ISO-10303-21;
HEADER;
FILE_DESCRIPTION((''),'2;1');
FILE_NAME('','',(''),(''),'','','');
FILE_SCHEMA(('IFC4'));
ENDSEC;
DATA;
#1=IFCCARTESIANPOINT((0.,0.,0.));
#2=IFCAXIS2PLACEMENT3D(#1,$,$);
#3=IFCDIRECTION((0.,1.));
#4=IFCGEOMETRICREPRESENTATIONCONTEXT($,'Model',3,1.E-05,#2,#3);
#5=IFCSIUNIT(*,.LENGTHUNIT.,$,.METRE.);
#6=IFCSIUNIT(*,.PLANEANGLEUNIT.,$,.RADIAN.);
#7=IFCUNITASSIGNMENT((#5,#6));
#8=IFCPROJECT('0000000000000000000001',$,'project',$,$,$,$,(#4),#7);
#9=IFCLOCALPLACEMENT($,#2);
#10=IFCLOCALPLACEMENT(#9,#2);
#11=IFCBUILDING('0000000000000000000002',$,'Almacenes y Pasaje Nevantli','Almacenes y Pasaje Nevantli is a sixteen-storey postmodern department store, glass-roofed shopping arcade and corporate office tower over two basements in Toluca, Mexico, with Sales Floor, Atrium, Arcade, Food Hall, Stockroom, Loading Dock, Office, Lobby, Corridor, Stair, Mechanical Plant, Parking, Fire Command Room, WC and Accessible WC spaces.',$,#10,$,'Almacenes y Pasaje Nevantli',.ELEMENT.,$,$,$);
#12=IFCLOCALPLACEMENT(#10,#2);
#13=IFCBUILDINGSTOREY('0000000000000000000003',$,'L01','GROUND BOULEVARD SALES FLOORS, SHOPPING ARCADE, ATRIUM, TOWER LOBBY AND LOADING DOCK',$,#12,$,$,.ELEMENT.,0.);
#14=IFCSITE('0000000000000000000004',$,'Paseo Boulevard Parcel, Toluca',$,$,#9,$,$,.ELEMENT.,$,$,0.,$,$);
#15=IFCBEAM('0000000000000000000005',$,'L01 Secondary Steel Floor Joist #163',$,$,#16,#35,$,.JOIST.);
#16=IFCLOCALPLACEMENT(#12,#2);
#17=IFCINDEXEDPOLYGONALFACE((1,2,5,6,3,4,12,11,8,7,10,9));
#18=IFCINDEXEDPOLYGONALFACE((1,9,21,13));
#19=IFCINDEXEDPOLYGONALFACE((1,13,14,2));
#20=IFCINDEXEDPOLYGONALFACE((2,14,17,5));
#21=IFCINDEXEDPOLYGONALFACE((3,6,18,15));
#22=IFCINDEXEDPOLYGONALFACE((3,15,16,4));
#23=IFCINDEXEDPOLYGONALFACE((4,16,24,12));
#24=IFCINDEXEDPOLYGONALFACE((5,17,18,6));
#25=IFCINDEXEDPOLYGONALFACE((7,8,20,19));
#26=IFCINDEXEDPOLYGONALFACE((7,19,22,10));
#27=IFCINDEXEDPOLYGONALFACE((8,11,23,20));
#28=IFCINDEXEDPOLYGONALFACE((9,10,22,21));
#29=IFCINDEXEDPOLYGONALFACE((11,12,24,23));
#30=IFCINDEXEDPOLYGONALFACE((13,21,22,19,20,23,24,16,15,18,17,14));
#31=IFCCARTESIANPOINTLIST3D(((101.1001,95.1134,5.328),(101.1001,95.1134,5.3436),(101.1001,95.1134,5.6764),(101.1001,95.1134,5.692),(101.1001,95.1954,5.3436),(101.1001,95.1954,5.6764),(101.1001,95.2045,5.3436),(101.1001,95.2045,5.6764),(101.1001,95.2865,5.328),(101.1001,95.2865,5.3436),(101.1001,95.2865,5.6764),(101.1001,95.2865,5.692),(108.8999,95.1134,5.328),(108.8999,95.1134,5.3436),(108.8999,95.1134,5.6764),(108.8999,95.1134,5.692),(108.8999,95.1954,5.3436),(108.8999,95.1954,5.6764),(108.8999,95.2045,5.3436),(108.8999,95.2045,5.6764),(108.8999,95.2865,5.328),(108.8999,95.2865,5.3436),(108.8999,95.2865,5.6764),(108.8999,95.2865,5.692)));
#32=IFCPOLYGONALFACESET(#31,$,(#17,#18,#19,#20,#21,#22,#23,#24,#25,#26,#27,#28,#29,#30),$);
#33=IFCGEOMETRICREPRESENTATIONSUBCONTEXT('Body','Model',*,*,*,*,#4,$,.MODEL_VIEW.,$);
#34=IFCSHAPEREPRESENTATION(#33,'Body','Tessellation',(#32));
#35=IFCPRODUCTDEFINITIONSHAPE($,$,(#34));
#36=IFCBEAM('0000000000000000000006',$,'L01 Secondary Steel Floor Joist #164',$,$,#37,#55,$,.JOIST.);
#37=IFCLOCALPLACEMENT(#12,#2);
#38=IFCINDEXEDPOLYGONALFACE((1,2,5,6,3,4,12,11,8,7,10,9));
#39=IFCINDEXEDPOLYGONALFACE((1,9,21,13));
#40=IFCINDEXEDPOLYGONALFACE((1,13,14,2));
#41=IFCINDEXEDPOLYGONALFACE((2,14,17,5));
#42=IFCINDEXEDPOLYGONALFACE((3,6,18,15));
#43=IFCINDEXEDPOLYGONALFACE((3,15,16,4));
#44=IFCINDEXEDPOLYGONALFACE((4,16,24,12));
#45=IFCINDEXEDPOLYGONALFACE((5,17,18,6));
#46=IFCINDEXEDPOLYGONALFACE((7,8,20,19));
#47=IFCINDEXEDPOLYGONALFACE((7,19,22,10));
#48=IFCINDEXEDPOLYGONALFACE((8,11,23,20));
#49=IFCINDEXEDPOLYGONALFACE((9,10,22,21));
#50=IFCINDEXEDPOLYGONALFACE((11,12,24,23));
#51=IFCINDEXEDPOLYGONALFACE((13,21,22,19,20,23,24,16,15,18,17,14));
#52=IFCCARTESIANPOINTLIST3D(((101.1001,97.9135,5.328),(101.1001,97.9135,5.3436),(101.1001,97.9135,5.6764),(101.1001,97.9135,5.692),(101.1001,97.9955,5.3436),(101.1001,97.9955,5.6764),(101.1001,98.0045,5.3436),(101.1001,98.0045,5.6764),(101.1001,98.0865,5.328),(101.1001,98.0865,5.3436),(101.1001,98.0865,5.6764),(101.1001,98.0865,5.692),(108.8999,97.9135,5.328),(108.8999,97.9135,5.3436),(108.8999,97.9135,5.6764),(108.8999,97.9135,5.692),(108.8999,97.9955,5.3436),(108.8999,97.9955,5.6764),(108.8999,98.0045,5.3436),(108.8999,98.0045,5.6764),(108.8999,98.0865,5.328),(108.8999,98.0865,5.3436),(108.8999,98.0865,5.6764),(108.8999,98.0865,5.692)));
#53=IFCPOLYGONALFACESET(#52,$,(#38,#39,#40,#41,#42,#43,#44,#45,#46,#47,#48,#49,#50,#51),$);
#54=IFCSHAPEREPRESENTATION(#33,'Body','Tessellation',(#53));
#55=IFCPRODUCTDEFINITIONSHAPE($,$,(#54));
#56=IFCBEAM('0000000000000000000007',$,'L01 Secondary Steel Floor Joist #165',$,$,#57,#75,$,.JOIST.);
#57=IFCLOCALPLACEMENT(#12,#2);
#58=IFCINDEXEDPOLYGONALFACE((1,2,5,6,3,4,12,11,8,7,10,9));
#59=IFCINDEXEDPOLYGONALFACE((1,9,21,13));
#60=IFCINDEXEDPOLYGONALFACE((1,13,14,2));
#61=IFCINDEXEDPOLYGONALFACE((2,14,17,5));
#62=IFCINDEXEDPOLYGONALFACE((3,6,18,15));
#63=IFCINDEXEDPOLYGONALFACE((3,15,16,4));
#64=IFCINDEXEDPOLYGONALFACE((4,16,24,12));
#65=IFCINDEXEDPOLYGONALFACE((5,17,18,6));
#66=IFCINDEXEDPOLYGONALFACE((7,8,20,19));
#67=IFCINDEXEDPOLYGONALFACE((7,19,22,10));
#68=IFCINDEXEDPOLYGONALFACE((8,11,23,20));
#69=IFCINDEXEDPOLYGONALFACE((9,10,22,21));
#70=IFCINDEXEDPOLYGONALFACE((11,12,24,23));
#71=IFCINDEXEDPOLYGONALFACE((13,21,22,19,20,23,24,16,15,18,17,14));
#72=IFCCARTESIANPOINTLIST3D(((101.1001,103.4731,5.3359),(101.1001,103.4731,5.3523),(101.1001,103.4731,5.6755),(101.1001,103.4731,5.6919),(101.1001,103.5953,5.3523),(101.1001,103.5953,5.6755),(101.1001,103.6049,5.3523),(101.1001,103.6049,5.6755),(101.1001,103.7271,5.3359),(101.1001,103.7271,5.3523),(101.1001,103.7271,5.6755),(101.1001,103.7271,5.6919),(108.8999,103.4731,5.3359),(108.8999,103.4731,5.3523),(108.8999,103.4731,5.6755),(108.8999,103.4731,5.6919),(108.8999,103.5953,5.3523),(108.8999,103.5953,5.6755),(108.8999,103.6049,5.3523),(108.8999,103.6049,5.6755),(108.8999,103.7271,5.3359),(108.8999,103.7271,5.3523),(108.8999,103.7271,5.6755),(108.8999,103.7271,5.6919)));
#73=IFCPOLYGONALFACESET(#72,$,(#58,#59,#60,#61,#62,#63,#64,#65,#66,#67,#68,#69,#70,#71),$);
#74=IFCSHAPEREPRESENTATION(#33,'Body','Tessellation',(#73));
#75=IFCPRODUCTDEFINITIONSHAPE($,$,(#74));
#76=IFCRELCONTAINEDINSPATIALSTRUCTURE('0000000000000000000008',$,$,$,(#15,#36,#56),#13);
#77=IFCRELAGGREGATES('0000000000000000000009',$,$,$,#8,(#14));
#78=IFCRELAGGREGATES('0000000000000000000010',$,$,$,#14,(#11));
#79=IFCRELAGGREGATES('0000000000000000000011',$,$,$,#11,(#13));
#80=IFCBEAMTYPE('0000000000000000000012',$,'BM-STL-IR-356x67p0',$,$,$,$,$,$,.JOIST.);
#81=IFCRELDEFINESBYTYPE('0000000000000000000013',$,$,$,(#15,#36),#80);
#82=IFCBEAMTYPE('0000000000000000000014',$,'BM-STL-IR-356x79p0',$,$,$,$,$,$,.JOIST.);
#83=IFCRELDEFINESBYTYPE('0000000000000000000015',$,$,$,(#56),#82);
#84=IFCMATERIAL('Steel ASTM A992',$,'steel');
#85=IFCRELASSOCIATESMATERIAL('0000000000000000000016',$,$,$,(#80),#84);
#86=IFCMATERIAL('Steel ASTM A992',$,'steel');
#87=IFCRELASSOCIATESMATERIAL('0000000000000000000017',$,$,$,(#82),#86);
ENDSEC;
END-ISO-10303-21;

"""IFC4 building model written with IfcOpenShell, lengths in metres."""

from ifc_helpers import new_model, si_unit, direction, frame, origin, origin_2d, place, context, subcontext, project, spatial, i_section, extrude, material, material_profile, profile_set, type_object, element, save


model = new_model("IFC4")

# Units and contexts
model_context = context("Model", 3, precision=1e-05, world=origin(), true_north=direction((0.0, 1.0)))
body_context = subcontext(model_context, "Body", "Model", "MODEL_VIEW")
ifc_project = project(units=[si_unit("LENGTHUNIT", "METRE"), si_unit("PLANEANGLEUNIT", "RADIAN")], contexts=[model_context])

# Site, building, storey
site_placement = place(None, origin())
site = spatial("IfcSite", under=ifc_project, at=site_placement, Name="Paseo Boulevard Parcel, Toluca", CompositionType="ELEMENT", RefElevation=0.0)
building_placement = place(site_placement, origin())
building = spatial("IfcBuilding", under=site, at=building_placement, Name="Almacenes y Pasaje Nevantli", Description="Almacenes y Pasaje Nevantli is a sixteen-storey postmodern department store, glass-roofed shopping arcade and corporate office tower over two basements in Toluca, Mexico, with Sales Floor, Atrium, Arcade, Food Hall, Stockroom, Loading Dock, Office, Lobby, Corridor, Stair, Mechanical Plant, Parking, Fire Command Room, WC and Accessible WC spaces.", LongName="Almacenes y Pasaje Nevantli", CompositionType="ELEMENT")
storey_placement = place(building_placement, origin())
storey = spatial("IfcBuildingStorey", under=building, at=storey_placement, Name="L01", Description="GROUND BOULEVARD SALES FLOORS, SHOPPING ARCADE, ATRIUM, TOWER LOBBY AND LOADING DOCK", CompositionType="ELEMENT", Elevation=0.0)

# Beams
ifc_material_1 = material(Name="Steel ASTM A992", Category="steel")
ifc_material_profile_1 = material_profile(ifc_material_1, i_section(OverallWidth=0.1731, OverallDepth=0.364, WebThickness=0.009, FlangeThickness=0.0156, at=origin_2d()), Name="IR 356x67.0")
ifc_profile_set_1 = profile_set([ifc_material_profile_1], Name="Steel ASTM A992")
beam_type_1 = type_object("IfcBeamType", Name="BM-STL-IR-356x67p0", PredefinedType="JOIST", material=ifc_profile_set_1)
for number, where, z_axis, x_axis, name in (
    (1, (101.1001, 95.2, 5.51), (1.0, 0.0, 0.0), (0.0, 1.0, 0.0), "L01 Secondary Steel Floor Joist #163"),
    (2, (101.1001, 98.0, 5.51), (1.0, 0.0, 0.0), (0.0, 1.0, 0.0), "L01 Secondary Steel Floor Joist #164"),
):
    element("IfcBeam", number, at=place(storey_placement, frame(where, z_axis=z_axis, x_axis=x_axis)), inside=storey, type_object=beam_type_1, Name=name, PredefinedType="JOIST", context=body_context, shape_type="SweptSolid", body=[
        extrude(i_section(OverallWidth=0.1731, OverallDepth=0.364, WebThickness=0.009, FlangeThickness=0.0156, at=origin_2d()), origin(), (0.0, 0.0, 1.0), 7.7998),
    ])
ifc_material_2 = material(Name="Steel ASTM A992", Category="steel")
ifc_material_profile_2 = material_profile(ifc_material_2, i_section(OverallWidth=0.2539, OverallDepth=0.356, WebThickness=0.0095, FlangeThickness=0.0164, at=origin_2d()), Name="IR 356x79.0")
ifc_profile_set_2 = profile_set([ifc_material_profile_2], Name="Steel ASTM A992")
beam_type_2 = type_object("IfcBeamType", Name="BM-STL-IR-356x79p0", PredefinedType="JOIST", material=ifc_profile_set_2)
beam_1_placement = place(storey_placement, frame((101.1001, 103.6001, 5.5139), z_axis=(1.0, 0.0, 0.0), x_axis=(0.0, 1.0, 0.0)))
element("IfcBeam", 3, at=beam_1_placement, inside=storey, type_object=beam_type_2, Name="L01 Secondary Steel Floor Joist #165", PredefinedType="JOIST", context=body_context, shape_type="SweptSolid", body=[
    extrude(i_section(OverallWidth=0.2539, OverallDepth=0.356, WebThickness=0.0095, FlangeThickness=0.0164, at=origin_2d()), origin(), (0.0, 0.0, 1.0), 7.7998),
])

save(model, "model.ifc")
